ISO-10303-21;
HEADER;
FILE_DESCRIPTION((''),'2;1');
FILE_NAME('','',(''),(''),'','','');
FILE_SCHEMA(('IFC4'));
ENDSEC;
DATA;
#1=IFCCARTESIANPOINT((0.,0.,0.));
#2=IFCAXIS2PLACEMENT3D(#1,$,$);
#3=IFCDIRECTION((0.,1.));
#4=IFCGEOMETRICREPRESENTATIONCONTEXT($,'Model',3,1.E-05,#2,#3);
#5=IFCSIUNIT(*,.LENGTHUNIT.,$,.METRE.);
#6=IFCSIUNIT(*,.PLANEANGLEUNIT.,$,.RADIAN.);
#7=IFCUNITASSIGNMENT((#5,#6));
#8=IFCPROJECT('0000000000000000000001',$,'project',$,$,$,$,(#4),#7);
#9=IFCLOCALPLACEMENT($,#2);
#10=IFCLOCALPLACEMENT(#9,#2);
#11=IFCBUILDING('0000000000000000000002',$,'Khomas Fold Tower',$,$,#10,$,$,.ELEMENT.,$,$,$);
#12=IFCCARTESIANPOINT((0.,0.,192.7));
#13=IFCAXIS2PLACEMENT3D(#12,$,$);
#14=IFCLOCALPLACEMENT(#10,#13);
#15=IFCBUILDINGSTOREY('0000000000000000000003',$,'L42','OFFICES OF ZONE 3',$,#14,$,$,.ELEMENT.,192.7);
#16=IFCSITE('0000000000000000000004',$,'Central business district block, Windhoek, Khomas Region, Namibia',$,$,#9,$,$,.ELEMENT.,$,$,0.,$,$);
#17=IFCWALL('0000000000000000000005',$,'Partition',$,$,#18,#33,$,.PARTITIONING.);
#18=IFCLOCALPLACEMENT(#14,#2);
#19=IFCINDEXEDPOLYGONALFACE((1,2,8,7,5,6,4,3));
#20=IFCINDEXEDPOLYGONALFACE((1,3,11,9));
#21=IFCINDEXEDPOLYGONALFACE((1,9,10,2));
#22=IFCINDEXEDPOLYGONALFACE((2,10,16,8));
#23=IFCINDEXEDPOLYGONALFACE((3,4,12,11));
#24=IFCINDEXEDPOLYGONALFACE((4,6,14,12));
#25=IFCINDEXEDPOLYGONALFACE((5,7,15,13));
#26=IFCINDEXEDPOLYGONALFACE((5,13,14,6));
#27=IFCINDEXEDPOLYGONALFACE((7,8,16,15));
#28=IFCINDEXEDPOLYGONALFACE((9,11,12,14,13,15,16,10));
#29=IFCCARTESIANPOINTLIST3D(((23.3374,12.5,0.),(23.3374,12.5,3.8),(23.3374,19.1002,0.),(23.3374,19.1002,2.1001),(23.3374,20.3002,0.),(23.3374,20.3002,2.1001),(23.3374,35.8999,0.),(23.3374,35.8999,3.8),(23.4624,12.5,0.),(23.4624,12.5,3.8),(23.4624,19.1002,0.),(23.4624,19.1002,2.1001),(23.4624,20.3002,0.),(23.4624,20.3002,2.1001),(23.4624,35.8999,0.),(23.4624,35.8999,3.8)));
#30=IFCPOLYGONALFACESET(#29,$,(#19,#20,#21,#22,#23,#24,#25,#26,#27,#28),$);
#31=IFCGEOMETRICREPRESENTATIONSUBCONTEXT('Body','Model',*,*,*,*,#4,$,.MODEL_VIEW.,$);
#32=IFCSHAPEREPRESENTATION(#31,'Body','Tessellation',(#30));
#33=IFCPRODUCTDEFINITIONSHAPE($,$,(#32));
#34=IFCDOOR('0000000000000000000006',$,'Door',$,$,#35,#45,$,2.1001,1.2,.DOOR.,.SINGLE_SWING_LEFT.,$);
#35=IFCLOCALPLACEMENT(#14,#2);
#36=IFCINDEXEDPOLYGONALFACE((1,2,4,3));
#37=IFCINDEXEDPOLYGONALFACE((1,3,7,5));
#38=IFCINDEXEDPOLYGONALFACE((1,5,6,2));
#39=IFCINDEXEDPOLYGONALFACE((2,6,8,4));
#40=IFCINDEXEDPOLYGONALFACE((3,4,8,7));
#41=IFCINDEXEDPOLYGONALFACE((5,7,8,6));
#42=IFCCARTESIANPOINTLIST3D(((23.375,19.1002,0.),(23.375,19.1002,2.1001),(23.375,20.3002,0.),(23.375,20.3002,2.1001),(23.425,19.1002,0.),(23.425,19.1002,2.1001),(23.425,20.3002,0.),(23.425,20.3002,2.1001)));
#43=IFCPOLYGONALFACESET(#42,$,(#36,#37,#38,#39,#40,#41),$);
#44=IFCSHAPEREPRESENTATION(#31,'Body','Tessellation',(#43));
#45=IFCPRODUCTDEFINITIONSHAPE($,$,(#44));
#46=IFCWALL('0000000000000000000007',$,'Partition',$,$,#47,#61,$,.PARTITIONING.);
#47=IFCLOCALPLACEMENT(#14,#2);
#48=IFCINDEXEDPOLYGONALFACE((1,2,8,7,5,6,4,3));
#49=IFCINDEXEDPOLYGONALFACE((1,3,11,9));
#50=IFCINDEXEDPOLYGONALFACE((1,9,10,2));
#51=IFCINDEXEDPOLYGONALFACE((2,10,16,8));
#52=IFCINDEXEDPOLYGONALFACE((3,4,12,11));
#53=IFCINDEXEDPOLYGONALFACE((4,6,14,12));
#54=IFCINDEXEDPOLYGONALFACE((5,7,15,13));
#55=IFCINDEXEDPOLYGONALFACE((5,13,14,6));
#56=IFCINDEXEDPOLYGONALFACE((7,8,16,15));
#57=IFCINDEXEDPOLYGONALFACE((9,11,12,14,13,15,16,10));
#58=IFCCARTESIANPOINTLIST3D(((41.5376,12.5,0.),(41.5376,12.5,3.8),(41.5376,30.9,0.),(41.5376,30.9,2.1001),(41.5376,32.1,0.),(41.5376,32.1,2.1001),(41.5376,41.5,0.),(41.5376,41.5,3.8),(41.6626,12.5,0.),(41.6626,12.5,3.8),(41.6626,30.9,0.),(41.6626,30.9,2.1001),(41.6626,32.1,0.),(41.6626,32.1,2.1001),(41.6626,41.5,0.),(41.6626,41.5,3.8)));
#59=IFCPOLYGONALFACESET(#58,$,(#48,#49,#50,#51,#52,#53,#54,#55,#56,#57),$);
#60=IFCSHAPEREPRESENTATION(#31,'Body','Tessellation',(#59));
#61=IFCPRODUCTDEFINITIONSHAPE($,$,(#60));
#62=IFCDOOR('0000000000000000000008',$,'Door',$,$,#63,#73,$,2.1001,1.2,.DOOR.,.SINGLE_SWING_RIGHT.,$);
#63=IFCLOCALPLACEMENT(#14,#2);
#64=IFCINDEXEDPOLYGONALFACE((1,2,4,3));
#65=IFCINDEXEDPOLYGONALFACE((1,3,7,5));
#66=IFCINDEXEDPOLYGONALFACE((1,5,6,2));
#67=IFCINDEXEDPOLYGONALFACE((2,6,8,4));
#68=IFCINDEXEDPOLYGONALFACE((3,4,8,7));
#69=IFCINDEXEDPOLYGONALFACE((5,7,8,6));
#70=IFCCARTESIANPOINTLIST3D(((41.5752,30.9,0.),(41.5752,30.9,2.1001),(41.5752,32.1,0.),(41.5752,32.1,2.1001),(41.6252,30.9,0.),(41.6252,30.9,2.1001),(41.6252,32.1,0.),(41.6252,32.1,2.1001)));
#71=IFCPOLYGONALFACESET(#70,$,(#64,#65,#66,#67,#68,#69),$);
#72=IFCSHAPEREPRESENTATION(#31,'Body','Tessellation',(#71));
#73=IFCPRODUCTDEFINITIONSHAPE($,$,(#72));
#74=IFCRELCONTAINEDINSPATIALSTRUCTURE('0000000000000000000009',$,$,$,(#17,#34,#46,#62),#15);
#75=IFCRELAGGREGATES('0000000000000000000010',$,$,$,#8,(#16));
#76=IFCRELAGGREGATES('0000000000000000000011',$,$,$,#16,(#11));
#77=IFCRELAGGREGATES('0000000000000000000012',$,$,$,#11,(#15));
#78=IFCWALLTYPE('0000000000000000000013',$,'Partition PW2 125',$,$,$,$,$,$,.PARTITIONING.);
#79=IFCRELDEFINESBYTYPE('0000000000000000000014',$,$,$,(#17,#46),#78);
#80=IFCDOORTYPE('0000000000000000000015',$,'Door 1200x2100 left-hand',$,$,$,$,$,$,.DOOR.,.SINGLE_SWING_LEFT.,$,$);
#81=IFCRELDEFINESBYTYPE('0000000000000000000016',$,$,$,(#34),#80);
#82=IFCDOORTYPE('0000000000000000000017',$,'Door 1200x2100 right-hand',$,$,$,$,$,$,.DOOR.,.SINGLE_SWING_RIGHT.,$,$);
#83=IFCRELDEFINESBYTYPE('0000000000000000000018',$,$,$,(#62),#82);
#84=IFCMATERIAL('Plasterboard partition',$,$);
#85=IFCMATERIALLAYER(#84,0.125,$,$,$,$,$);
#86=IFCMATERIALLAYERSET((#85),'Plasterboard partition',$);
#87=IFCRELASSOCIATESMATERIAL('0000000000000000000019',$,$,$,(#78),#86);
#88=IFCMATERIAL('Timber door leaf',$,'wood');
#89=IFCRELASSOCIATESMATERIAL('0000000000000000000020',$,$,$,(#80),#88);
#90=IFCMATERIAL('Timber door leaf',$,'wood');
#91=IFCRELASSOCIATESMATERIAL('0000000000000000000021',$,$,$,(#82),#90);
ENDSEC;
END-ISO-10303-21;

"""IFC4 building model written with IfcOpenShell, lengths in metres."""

from ifc_helpers import new_model, si_unit, direction, frame, frame_2d, origin, place, context, subcontext, project, spatial, rectangle, extrude, source, transform, mapped, material, layer, layer_set, type_object, element, fill, save


model = new_model("IFC4")

# Units and contexts
model_context = context("Model", 3, precision=1e-05, world=origin(), true_north=direction((0.0, 1.0)))
body_context = subcontext(model_context, "Body", "Model", "MODEL_VIEW")
ifc_project = project(units=[si_unit("LENGTHUNIT", "METRE"), si_unit("PLANEANGLEUNIT", "RADIAN")], contexts=[model_context])

# Site, building, storey
site_placement = place(None, origin())
site = spatial("IfcSite", under=ifc_project, at=site_placement, Name="Central business district block, Windhoek, Khomas Region, Namibia", CompositionType="ELEMENT", RefElevation=0.0)
building_placement = place(site_placement, origin())
building = spatial("IfcBuilding", under=site, at=building_placement, Name="Khomas Fold Tower", CompositionType="ELEMENT")
storey_placement = place(building_placement, frame((0.0, 0.0, 192.7)))
storey = spatial("IfcBuildingStorey", under=building, at=storey_placement, Name="L42", Description="OFFICES OF ZONE 3", CompositionType="ELEMENT", Elevation=192.7)

# Walls, openings, doors
ifc_material_1 = material(Name="Plasterboard partition")
ifc_layer_1 = layer(ifc_material_1, 0.125)
ifc_layer_set_1 = layer_set([ifc_layer_1], Name="Plasterboard partition")
wall_type_1 = type_object("IfcWallType", Name="Partition PW2 125", PredefinedType="PARTITIONING", material=ifc_layer_set_1)
shared_shape_1 = source(origin(), body_context, "Body", "SweptSolid", [
    extrude(rectangle(XDim=23.3999, YDim=0.125, at=frame_2d((11.7, 0.0))), origin(), (0.0, 0.0, 1.0), 3.8),
])
wall_1_placement = place(storey_placement, frame((23.3999, 12.5, 0.0), z_axis=(0.0, 0.0, 1.0), x_axis=(0.0, 1.0, 0.0)))
wall_1 = element("IfcWall", 1, at=wall_1_placement, inside=storey, type_object=wall_type_1, Name="Partition", PredefinedType="PARTITIONING", context=body_context, shape_type="MappedRepresentation", body=[
    mapped(shared_shape_1, transform((0.0, 0.0, 0.0))),
])
shared_shape_2 = source(origin(), body_context, "Body", "SweptSolid", [
    extrude(rectangle(XDim=1.2, YDim=2.1001, at=frame_2d((0.6001, 1.05))), frame((0.0, 0.0725, 0.0), z_axis=(0.0, -1.0, 0.0), x_axis=(1.0, 0.0, 0.0)), (0.0, 0.0, 1.0), 0.145),
])
opening_1_placement = place(wall_1_placement, frame((6.6001, 0.0, 0.0)))
opening_1 = element("IfcOpeningElement", 2, at=opening_1_placement, cuts=wall_1, PredefinedType="OPENING", context=body_context, shape_type="MappedRepresentation", body=[
    mapped(shared_shape_2, transform((0.0, 0.0, 0.0))),
])
ifc_material_2 = material(Name="Timber door leaf", Category="wood")
door_type_1 = type_object("IfcDoorType", Name="Door 1200x2100 left-hand", OperationType="SINGLE_SWING_LEFT", PredefinedType="DOOR", material=ifc_material_2)
shared_shape_3 = source(origin(), body_context, "Body", "SweptSolid", [
    extrude(rectangle(XDim=1.2, YDim=2.1001, at=frame_2d((0.6001, 1.05))), frame((0.0, 0.0249, 0.0), z_axis=(0.0, -1.0, 0.0), x_axis=(1.0, 0.0, 0.0)), (0.0, 0.0, 1.0), 0.05),
])
door_1_placement = place(opening_1_placement, origin())
door_1 = element("IfcDoor", 3, at=door_1_placement, inside=storey, type_object=door_type_1, Name="Door", OperationType="SINGLE_SWING_LEFT", OverallHeight=2.1001, OverallWidth=1.2, PredefinedType="DOOR", context=body_context, shape_type="MappedRepresentation", body=[
    mapped(shared_shape_3, transform((0.0, 0.0, 0.0))),
])
fill(opening_1, door_1)
shared_shape_4 = source(origin(), body_context, "Body", "SweptSolid", [
    extrude(rectangle(XDim=29.0, YDim=0.125, at=frame_2d((14.5, 0.0))), origin(), (0.0, 0.0, 1.0), 3.8),
])
wall_2_placement = place(storey_placement, frame((41.6001, 12.5, 0.0), z_axis=(0.0, 0.0, 1.0), x_axis=(0.0, 1.0, 0.0)))
wall_2 = element("IfcWall", 4, at=wall_2_placement, inside=storey, type_object=wall_type_1, Name="Partition", PredefinedType="PARTITIONING", context=body_context, shape_type="MappedRepresentation", body=[
    mapped(shared_shape_4, transform((0.0, 0.0, 0.0))),
])
opening_2_placement = place(wall_2_placement, frame((18.3999, 0.0, 0.0)))
opening_2 = element("IfcOpeningElement", 5, at=opening_2_placement, cuts=wall_2, PredefinedType="OPENING", context=body_context, shape_type="MappedRepresentation", body=[
    mapped(shared_shape_2, transform((0.0, 0.0, 0.0))),
])
ifc_material_3 = material(Name="Timber door leaf", Category="wood")
door_type_2 = type_object("IfcDoorType", Name="Door 1200x2100 right-hand", OperationType="SINGLE_SWING_RIGHT", PredefinedType="DOOR", material=ifc_material_3)
door_2_placement = place(opening_2_placement, origin())
door_2 = element("IfcDoor", 6, at=door_2_placement, inside=storey, type_object=door_type_2, Name="Door", OperationType="SINGLE_SWING_RIGHT", OverallHeight=2.1001, OverallWidth=1.2, PredefinedType="DOOR", context=body_context, shape_type="MappedRepresentation", body=[
    mapped(shared_shape_3, transform((0.0, 0.0, 0.0))),
])
fill(opening_2, door_2)

save(model, "model.ifc")
